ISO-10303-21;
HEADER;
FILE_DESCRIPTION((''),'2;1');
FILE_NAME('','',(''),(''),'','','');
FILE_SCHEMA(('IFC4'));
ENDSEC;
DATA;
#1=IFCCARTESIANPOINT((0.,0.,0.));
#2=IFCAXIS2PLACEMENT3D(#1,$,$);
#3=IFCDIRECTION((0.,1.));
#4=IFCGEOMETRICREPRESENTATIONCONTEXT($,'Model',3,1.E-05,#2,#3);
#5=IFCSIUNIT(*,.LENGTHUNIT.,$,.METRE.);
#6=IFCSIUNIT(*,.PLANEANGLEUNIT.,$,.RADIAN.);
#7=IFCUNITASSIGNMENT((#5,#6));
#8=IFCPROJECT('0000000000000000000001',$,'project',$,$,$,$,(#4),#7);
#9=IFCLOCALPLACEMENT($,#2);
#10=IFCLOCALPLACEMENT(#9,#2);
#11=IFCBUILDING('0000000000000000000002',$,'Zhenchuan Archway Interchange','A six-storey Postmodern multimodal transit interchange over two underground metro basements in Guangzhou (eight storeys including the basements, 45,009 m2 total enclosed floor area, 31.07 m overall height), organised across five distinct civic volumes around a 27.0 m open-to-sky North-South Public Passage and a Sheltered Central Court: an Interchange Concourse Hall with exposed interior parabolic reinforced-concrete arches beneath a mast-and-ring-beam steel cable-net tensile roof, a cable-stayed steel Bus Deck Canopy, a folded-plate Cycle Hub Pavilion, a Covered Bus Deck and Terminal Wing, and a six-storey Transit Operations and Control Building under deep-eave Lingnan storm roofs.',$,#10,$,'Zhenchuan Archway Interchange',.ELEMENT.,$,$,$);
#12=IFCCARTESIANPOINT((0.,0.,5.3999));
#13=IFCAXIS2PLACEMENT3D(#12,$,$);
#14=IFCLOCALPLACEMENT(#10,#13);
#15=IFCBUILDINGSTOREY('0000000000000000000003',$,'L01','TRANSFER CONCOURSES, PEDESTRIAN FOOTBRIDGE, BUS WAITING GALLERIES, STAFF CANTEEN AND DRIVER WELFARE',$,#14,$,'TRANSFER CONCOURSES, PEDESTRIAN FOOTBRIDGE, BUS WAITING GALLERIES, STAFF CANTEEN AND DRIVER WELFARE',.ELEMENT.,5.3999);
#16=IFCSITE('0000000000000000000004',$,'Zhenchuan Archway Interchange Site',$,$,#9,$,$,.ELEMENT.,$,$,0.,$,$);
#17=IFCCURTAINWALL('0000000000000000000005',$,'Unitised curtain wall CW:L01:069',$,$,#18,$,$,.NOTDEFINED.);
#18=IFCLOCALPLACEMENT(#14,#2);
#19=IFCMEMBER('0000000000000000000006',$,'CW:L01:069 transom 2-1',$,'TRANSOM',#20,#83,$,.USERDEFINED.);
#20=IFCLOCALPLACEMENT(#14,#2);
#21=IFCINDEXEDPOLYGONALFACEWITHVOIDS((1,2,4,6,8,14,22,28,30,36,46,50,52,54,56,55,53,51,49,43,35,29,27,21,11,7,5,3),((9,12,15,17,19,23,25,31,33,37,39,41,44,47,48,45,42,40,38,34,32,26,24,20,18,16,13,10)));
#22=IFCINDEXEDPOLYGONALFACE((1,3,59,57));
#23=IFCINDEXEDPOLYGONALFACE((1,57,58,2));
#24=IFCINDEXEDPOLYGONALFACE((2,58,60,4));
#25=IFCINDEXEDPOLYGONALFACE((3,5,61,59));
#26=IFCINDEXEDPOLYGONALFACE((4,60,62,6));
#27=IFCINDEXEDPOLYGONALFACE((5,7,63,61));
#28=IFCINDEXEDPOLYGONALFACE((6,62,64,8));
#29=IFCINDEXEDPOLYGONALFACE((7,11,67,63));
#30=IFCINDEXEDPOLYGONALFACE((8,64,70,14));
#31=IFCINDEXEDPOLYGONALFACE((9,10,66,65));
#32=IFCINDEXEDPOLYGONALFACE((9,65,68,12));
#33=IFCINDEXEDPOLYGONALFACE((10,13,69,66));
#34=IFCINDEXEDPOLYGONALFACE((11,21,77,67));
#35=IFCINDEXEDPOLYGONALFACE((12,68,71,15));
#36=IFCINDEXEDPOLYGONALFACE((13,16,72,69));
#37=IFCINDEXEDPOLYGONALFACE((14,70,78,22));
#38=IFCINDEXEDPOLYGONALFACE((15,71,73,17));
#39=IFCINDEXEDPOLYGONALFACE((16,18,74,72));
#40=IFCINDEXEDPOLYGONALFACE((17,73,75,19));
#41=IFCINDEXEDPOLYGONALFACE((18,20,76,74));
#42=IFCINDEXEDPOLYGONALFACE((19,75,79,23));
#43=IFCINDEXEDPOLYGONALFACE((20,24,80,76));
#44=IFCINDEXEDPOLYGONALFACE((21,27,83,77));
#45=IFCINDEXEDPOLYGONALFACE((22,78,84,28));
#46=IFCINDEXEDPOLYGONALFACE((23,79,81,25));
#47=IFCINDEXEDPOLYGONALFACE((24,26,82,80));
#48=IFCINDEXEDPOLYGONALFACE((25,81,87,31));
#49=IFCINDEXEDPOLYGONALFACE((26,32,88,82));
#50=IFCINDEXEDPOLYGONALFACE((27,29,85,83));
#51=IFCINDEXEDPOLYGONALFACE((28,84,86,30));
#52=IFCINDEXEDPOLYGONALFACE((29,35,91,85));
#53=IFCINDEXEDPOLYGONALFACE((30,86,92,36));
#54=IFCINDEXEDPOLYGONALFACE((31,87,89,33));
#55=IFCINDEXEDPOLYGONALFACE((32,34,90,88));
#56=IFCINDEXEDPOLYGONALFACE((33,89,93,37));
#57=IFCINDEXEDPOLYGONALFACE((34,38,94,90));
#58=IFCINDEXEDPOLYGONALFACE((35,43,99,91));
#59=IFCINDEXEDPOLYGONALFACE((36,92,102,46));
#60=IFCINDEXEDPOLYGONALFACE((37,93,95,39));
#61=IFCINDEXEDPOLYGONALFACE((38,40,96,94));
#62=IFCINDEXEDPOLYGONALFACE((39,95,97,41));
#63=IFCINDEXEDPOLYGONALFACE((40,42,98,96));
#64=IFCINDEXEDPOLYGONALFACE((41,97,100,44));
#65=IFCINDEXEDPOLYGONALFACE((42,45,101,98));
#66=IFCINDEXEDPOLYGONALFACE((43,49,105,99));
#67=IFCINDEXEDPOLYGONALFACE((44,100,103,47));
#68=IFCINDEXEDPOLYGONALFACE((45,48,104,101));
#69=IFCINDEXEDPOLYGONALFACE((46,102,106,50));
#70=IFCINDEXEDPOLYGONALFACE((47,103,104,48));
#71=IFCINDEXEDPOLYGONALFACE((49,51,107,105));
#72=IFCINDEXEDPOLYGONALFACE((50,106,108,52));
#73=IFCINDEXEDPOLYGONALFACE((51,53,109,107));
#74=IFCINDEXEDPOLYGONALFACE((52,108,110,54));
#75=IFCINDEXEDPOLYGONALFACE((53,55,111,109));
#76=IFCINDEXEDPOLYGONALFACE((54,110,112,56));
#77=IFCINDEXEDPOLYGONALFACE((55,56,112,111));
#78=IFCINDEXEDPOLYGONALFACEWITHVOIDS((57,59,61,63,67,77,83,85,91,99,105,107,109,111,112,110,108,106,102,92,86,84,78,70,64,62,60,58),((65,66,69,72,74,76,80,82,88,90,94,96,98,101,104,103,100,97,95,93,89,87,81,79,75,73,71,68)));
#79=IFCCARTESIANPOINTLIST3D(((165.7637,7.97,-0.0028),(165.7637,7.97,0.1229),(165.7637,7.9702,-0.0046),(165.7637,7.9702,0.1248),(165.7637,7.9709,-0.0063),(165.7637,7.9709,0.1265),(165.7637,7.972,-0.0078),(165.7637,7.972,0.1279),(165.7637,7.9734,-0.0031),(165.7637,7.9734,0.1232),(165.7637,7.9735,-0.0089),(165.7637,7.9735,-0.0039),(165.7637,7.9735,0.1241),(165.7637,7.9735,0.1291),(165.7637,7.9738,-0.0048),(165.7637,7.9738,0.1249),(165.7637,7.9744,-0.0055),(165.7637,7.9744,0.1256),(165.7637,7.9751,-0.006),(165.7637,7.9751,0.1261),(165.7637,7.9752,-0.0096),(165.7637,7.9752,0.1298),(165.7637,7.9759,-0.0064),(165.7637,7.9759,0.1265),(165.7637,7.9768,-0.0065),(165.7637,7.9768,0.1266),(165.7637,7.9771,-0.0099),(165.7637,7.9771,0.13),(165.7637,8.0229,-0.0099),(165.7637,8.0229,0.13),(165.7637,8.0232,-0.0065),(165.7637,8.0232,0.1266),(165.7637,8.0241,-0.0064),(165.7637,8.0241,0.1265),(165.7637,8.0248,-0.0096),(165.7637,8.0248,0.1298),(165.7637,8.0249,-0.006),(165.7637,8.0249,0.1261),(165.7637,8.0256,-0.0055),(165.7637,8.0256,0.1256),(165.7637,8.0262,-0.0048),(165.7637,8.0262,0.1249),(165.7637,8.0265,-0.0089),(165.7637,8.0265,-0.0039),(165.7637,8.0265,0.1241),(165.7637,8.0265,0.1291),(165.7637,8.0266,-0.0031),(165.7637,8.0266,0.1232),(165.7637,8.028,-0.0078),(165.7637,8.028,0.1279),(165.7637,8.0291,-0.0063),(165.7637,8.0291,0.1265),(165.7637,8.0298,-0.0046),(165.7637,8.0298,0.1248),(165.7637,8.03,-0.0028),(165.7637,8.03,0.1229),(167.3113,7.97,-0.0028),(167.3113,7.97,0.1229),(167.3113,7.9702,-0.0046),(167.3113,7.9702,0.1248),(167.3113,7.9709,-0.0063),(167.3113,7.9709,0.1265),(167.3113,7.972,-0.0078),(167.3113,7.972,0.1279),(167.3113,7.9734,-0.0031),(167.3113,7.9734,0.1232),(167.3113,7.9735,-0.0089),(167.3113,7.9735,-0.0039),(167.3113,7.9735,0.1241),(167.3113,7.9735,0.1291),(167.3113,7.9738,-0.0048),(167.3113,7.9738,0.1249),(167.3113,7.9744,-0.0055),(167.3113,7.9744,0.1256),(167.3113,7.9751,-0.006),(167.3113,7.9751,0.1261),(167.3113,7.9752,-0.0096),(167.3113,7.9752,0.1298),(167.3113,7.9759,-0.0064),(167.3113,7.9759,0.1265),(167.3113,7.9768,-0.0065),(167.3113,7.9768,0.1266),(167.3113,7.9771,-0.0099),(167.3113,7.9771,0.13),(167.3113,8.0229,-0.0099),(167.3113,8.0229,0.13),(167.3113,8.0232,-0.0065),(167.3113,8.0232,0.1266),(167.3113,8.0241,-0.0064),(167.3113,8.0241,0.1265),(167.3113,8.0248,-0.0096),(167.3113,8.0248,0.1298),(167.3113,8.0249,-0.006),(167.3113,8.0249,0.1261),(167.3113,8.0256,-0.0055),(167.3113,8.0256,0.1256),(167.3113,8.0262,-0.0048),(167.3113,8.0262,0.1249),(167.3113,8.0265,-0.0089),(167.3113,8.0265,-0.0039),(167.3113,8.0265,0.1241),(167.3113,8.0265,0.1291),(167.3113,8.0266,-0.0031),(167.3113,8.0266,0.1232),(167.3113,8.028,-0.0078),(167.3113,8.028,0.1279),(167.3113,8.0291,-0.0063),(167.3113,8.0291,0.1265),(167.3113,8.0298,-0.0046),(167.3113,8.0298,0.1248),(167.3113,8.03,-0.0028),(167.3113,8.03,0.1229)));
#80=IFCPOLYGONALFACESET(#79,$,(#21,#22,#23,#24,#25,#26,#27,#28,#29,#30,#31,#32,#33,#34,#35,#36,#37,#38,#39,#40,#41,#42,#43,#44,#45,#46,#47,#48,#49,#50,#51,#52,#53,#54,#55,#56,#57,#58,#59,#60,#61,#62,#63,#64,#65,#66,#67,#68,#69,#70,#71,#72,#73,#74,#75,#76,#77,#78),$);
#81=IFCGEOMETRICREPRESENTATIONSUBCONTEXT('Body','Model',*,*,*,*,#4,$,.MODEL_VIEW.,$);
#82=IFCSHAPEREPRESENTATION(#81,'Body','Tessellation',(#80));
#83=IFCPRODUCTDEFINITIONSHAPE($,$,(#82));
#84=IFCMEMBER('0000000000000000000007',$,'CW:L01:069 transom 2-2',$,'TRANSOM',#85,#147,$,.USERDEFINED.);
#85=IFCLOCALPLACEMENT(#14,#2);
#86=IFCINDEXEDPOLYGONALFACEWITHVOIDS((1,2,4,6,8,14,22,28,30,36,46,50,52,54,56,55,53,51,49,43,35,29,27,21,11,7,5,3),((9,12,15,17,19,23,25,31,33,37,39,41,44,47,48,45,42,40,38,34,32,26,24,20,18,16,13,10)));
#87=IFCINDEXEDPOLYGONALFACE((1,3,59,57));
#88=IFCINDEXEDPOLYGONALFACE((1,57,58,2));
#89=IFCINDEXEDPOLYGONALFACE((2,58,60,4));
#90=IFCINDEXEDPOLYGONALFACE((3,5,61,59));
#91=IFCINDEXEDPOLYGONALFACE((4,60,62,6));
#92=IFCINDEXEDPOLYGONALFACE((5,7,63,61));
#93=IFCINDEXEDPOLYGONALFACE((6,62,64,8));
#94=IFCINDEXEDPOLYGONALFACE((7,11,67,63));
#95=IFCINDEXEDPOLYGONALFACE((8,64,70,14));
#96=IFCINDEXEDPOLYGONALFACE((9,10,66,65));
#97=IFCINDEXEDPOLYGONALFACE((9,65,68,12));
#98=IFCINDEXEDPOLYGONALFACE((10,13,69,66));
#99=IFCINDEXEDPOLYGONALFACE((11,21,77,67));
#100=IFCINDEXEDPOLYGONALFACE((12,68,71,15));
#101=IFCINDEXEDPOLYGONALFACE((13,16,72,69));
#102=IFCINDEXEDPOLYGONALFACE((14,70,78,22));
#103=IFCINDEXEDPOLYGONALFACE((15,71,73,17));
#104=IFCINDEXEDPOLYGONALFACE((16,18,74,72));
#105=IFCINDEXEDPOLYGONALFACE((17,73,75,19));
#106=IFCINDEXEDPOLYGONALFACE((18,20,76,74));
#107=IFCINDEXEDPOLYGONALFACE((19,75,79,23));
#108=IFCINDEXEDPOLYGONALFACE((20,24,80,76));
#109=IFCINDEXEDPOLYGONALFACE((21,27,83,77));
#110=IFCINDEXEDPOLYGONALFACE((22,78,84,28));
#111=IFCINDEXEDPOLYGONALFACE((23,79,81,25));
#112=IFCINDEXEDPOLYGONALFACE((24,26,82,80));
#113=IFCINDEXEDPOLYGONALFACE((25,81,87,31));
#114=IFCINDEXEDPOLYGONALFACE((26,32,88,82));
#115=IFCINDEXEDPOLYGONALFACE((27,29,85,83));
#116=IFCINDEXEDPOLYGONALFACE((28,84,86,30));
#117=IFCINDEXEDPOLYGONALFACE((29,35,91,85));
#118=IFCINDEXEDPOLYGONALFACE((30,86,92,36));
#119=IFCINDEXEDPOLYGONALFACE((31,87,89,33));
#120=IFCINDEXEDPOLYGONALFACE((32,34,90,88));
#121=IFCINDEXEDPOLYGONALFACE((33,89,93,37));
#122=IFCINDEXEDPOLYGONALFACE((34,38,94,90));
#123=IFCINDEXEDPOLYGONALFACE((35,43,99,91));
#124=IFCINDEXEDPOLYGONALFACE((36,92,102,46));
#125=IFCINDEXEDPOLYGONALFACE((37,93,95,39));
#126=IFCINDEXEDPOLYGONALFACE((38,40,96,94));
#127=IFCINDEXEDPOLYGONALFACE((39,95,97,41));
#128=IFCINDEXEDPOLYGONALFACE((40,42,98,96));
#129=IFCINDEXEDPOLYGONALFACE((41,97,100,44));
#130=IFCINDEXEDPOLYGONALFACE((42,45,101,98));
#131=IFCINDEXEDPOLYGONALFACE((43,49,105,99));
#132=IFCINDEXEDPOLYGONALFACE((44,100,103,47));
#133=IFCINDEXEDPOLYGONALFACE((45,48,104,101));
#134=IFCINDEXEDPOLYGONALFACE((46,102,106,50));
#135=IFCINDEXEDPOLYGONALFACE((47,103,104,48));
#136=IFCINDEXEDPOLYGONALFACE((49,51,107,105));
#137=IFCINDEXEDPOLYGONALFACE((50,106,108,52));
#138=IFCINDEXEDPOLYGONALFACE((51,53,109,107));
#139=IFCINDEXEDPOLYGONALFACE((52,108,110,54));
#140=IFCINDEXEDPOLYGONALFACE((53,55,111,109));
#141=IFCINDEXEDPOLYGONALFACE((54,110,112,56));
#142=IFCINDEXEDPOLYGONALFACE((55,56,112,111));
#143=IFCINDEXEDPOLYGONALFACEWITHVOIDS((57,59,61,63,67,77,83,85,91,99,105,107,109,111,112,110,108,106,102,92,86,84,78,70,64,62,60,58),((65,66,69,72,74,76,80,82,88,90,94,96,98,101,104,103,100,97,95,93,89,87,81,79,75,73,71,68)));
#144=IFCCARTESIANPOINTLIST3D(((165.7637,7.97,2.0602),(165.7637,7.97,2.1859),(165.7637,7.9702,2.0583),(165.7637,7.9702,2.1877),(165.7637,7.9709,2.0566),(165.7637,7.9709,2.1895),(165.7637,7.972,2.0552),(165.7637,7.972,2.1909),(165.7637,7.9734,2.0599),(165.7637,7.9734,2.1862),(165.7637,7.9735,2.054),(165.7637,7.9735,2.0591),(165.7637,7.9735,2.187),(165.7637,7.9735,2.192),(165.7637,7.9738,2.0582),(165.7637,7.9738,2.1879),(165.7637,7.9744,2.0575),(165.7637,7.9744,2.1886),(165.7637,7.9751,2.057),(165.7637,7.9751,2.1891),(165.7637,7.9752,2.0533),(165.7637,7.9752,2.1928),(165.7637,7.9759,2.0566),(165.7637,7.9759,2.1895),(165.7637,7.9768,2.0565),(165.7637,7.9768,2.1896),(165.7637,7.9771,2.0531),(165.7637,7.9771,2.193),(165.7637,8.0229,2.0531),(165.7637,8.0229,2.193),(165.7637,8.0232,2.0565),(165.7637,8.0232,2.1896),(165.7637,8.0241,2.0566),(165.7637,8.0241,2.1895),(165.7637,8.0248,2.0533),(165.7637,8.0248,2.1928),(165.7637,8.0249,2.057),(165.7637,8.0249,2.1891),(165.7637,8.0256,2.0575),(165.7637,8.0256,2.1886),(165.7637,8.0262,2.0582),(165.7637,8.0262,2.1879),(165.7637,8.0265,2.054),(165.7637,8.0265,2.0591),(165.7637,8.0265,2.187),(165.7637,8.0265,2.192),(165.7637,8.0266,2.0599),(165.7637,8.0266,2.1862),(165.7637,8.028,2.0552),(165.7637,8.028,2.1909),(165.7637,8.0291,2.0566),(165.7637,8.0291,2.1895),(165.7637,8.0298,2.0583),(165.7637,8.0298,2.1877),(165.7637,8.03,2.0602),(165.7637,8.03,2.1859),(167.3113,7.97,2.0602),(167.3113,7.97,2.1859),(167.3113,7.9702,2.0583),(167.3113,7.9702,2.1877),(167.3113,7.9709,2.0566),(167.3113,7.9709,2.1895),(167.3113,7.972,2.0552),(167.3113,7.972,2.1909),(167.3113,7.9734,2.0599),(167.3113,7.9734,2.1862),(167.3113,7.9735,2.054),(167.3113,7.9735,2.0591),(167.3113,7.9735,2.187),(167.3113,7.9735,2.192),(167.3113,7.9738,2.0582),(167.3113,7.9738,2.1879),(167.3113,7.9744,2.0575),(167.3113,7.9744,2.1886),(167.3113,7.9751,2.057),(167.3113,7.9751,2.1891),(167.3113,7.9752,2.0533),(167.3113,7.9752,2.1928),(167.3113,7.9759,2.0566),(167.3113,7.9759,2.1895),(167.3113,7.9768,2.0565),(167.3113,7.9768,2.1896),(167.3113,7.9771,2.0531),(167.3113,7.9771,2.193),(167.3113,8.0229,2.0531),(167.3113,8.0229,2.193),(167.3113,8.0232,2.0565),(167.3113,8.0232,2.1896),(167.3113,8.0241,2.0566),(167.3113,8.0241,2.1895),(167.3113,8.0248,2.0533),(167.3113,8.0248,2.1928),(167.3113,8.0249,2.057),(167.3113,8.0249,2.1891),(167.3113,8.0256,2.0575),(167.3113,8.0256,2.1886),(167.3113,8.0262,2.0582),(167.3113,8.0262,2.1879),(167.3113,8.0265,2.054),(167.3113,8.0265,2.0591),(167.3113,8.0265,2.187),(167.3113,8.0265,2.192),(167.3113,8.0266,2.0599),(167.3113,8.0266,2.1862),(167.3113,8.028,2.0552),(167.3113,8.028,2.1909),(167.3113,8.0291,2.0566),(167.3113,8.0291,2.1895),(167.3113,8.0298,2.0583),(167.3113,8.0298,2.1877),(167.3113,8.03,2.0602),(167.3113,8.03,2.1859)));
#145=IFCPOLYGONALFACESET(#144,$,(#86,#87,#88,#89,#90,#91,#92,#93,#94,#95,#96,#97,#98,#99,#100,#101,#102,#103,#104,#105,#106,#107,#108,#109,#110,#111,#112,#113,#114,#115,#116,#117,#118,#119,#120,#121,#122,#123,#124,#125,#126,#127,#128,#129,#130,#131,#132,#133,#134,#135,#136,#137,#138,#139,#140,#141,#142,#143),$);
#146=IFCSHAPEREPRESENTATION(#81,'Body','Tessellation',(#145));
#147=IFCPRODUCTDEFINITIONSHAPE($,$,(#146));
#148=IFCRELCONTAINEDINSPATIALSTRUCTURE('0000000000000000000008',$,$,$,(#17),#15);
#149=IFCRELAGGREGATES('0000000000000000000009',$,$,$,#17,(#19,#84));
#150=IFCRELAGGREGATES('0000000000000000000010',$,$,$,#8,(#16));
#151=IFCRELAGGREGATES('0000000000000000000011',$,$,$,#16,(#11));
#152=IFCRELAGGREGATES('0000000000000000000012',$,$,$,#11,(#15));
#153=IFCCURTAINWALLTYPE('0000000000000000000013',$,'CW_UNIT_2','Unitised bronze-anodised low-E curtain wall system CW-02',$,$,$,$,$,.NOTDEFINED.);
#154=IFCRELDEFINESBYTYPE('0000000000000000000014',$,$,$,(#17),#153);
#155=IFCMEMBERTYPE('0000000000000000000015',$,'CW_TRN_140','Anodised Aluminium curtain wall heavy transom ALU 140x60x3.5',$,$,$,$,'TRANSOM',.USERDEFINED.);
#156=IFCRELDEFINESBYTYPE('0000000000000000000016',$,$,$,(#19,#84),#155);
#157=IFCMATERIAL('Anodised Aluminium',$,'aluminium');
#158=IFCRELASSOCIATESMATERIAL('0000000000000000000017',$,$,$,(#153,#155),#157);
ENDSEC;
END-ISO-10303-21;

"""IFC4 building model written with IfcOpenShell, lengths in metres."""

from ifc_helpers import new_model, si_unit, direction, frame, origin, origin_2d, place, context, subcontext, project, spatial, hollow_rectangle, extrude, material, material_profile, profile_set, type_object, element, aggregate, save


model = new_model("IFC4")

# Units and contexts
model_context = context("Model", 3, precision=1e-05, world=origin(), true_north=direction((0.0, 1.0)))
body_context = subcontext(model_context, "Body", "Model", "MODEL_VIEW")
ifc_project = project(units=[si_unit("LENGTHUNIT", "METRE"), si_unit("PLANEANGLEUNIT", "RADIAN")], contexts=[model_context])

# Site, building, storey
site_placement = place(None, origin())
site = spatial("IfcSite", under=ifc_project, at=site_placement, Name="Zhenchuan Archway Interchange Site", CompositionType="ELEMENT", RefElevation=0.0)
building_placement = place(site_placement, origin())
building = spatial("IfcBuilding", under=site, at=building_placement, Name="Zhenchuan Archway Interchange", Description="A six-storey Postmodern multimodal transit interchange over two underground metro basements in Guangzhou (eight storeys including the basements, 45,009 m2 total enclosed floor area, 31.07 m overall height), organised across five distinct civic volumes around a 27.0 m open-to-sky North-South Public Passage and a Sheltered Central Court: an Interchange Concourse Hall with exposed interior parabolic reinforced-concrete arches beneath a mast-and-ring-beam steel cable-net tensile roof, a cable-stayed steel Bus Deck Canopy, a folded-plate Cycle Hub Pavilion, a Covered Bus Deck and Terminal Wing, and a six-storey Transit Operations and Control Building under deep-eave Lingnan storm roofs.", LongName="Zhenchuan Archway Interchange", CompositionType="ELEMENT")
storey_placement = place(building_placement, frame((0.0, 0.0, 5.3999)))
storey = spatial("IfcBuildingStorey", under=building, at=storey_placement, Name="L01", Description="TRANSFER CONCOURSES, PEDESTRIAN FOOTBRIDGE, BUS WAITING GALLERIES, STAFF CANTEEN AND DRIVER WELFARE", LongName="TRANSFER CONCOURSES, PEDESTRIAN FOOTBRIDGE, BUS WAITING GALLERIES, STAFF CANTEEN AND DRIVER WELFARE", CompositionType="ELEMENT", Elevation=5.3999)

# Curtain wall, members
ifc_material_1 = material(Name="Anodised Aluminium", Category="aluminium")
curtain_wall_type = type_object("IfcCurtainWallType", Name="CW_UNIT_2", Description="Unitised bronze-anodised low-E curtain wall system CW-02", PredefinedType="NOTDEFINED", material=ifc_material_1)
curtain_wall_placement = place(storey_placement, origin())
curtain_wall = element("IfcCurtainWall", 1, at=curtain_wall_placement, inside=storey, type_object=curtain_wall_type, Name="Unitised curtain wall CW:L01:069", PredefinedType="NOTDEFINED")
ifc_material_profile_1 = material_profile(ifc_material_1, hollow_rectangle(XDim=0.0601, YDim=0.1399, WallThickness=0.0034, InnerFilletRadius=0.0034, OuterFilletRadius=0.0071, at=origin_2d()), Name="ALU 140x60x3.5")
ifc_profile_set_1 = profile_set([ifc_material_profile_1], Name="Anodised Aluminium")
member_type_1 = type_object("IfcMemberType", Name="CW_TRN_140", Description="Anodised Aluminium curtain wall heavy transom ALU 140x60x3.5", ElementType="TRANSOM", PredefinedType="USERDEFINED", material=ifc_profile_set_1)
member_1_placement = place(storey_placement, frame((167.3113, 8.0, 0.0601), z_axis=(-1.0, 0.0, 0.0), x_axis=(0.0, -1.0, 0.0)))
member_1 = element("IfcMember", 2, at=member_1_placement, type_object=member_type_1, Name="CW:L01:069 transom 2-1", ObjectType="TRANSOM", PredefinedType="USERDEFINED", context=body_context, shape_type="SweptSolid", body=[
    extrude(hollow_rectangle(XDim=0.0601, YDim=0.1399, WallThickness=0.0034, InnerFilletRadius=0.0034, OuterFilletRadius=0.0071, at=origin_2d()), origin(), (0.0, 0.0, 1.0), 1.5476),
])
member_2_placement = place(storey_placement, frame((167.3113, 8.0, 2.123), z_axis=(-1.0, 0.0, 0.0), x_axis=(0.0, -1.0, 0.0)))
member_2 = element("IfcMember", 3, at=member_2_placement, type_object=member_type_1, Name="CW:L01:069 transom 2-2", ObjectType="TRANSOM", PredefinedType="USERDEFINED", context=body_context, shape_type="SweptSolid", body=[
    extrude(hollow_rectangle(XDim=0.0601, YDim=0.1399, WallThickness=0.0034, InnerFilletRadius=0.0034, OuterFilletRadius=0.0071, at=origin_2d()), origin(), (0.0, 0.0, 1.0), 1.5476),
])

aggregate(curtain_wall, [member_1, member_2])

save(model, "model.ifc")
